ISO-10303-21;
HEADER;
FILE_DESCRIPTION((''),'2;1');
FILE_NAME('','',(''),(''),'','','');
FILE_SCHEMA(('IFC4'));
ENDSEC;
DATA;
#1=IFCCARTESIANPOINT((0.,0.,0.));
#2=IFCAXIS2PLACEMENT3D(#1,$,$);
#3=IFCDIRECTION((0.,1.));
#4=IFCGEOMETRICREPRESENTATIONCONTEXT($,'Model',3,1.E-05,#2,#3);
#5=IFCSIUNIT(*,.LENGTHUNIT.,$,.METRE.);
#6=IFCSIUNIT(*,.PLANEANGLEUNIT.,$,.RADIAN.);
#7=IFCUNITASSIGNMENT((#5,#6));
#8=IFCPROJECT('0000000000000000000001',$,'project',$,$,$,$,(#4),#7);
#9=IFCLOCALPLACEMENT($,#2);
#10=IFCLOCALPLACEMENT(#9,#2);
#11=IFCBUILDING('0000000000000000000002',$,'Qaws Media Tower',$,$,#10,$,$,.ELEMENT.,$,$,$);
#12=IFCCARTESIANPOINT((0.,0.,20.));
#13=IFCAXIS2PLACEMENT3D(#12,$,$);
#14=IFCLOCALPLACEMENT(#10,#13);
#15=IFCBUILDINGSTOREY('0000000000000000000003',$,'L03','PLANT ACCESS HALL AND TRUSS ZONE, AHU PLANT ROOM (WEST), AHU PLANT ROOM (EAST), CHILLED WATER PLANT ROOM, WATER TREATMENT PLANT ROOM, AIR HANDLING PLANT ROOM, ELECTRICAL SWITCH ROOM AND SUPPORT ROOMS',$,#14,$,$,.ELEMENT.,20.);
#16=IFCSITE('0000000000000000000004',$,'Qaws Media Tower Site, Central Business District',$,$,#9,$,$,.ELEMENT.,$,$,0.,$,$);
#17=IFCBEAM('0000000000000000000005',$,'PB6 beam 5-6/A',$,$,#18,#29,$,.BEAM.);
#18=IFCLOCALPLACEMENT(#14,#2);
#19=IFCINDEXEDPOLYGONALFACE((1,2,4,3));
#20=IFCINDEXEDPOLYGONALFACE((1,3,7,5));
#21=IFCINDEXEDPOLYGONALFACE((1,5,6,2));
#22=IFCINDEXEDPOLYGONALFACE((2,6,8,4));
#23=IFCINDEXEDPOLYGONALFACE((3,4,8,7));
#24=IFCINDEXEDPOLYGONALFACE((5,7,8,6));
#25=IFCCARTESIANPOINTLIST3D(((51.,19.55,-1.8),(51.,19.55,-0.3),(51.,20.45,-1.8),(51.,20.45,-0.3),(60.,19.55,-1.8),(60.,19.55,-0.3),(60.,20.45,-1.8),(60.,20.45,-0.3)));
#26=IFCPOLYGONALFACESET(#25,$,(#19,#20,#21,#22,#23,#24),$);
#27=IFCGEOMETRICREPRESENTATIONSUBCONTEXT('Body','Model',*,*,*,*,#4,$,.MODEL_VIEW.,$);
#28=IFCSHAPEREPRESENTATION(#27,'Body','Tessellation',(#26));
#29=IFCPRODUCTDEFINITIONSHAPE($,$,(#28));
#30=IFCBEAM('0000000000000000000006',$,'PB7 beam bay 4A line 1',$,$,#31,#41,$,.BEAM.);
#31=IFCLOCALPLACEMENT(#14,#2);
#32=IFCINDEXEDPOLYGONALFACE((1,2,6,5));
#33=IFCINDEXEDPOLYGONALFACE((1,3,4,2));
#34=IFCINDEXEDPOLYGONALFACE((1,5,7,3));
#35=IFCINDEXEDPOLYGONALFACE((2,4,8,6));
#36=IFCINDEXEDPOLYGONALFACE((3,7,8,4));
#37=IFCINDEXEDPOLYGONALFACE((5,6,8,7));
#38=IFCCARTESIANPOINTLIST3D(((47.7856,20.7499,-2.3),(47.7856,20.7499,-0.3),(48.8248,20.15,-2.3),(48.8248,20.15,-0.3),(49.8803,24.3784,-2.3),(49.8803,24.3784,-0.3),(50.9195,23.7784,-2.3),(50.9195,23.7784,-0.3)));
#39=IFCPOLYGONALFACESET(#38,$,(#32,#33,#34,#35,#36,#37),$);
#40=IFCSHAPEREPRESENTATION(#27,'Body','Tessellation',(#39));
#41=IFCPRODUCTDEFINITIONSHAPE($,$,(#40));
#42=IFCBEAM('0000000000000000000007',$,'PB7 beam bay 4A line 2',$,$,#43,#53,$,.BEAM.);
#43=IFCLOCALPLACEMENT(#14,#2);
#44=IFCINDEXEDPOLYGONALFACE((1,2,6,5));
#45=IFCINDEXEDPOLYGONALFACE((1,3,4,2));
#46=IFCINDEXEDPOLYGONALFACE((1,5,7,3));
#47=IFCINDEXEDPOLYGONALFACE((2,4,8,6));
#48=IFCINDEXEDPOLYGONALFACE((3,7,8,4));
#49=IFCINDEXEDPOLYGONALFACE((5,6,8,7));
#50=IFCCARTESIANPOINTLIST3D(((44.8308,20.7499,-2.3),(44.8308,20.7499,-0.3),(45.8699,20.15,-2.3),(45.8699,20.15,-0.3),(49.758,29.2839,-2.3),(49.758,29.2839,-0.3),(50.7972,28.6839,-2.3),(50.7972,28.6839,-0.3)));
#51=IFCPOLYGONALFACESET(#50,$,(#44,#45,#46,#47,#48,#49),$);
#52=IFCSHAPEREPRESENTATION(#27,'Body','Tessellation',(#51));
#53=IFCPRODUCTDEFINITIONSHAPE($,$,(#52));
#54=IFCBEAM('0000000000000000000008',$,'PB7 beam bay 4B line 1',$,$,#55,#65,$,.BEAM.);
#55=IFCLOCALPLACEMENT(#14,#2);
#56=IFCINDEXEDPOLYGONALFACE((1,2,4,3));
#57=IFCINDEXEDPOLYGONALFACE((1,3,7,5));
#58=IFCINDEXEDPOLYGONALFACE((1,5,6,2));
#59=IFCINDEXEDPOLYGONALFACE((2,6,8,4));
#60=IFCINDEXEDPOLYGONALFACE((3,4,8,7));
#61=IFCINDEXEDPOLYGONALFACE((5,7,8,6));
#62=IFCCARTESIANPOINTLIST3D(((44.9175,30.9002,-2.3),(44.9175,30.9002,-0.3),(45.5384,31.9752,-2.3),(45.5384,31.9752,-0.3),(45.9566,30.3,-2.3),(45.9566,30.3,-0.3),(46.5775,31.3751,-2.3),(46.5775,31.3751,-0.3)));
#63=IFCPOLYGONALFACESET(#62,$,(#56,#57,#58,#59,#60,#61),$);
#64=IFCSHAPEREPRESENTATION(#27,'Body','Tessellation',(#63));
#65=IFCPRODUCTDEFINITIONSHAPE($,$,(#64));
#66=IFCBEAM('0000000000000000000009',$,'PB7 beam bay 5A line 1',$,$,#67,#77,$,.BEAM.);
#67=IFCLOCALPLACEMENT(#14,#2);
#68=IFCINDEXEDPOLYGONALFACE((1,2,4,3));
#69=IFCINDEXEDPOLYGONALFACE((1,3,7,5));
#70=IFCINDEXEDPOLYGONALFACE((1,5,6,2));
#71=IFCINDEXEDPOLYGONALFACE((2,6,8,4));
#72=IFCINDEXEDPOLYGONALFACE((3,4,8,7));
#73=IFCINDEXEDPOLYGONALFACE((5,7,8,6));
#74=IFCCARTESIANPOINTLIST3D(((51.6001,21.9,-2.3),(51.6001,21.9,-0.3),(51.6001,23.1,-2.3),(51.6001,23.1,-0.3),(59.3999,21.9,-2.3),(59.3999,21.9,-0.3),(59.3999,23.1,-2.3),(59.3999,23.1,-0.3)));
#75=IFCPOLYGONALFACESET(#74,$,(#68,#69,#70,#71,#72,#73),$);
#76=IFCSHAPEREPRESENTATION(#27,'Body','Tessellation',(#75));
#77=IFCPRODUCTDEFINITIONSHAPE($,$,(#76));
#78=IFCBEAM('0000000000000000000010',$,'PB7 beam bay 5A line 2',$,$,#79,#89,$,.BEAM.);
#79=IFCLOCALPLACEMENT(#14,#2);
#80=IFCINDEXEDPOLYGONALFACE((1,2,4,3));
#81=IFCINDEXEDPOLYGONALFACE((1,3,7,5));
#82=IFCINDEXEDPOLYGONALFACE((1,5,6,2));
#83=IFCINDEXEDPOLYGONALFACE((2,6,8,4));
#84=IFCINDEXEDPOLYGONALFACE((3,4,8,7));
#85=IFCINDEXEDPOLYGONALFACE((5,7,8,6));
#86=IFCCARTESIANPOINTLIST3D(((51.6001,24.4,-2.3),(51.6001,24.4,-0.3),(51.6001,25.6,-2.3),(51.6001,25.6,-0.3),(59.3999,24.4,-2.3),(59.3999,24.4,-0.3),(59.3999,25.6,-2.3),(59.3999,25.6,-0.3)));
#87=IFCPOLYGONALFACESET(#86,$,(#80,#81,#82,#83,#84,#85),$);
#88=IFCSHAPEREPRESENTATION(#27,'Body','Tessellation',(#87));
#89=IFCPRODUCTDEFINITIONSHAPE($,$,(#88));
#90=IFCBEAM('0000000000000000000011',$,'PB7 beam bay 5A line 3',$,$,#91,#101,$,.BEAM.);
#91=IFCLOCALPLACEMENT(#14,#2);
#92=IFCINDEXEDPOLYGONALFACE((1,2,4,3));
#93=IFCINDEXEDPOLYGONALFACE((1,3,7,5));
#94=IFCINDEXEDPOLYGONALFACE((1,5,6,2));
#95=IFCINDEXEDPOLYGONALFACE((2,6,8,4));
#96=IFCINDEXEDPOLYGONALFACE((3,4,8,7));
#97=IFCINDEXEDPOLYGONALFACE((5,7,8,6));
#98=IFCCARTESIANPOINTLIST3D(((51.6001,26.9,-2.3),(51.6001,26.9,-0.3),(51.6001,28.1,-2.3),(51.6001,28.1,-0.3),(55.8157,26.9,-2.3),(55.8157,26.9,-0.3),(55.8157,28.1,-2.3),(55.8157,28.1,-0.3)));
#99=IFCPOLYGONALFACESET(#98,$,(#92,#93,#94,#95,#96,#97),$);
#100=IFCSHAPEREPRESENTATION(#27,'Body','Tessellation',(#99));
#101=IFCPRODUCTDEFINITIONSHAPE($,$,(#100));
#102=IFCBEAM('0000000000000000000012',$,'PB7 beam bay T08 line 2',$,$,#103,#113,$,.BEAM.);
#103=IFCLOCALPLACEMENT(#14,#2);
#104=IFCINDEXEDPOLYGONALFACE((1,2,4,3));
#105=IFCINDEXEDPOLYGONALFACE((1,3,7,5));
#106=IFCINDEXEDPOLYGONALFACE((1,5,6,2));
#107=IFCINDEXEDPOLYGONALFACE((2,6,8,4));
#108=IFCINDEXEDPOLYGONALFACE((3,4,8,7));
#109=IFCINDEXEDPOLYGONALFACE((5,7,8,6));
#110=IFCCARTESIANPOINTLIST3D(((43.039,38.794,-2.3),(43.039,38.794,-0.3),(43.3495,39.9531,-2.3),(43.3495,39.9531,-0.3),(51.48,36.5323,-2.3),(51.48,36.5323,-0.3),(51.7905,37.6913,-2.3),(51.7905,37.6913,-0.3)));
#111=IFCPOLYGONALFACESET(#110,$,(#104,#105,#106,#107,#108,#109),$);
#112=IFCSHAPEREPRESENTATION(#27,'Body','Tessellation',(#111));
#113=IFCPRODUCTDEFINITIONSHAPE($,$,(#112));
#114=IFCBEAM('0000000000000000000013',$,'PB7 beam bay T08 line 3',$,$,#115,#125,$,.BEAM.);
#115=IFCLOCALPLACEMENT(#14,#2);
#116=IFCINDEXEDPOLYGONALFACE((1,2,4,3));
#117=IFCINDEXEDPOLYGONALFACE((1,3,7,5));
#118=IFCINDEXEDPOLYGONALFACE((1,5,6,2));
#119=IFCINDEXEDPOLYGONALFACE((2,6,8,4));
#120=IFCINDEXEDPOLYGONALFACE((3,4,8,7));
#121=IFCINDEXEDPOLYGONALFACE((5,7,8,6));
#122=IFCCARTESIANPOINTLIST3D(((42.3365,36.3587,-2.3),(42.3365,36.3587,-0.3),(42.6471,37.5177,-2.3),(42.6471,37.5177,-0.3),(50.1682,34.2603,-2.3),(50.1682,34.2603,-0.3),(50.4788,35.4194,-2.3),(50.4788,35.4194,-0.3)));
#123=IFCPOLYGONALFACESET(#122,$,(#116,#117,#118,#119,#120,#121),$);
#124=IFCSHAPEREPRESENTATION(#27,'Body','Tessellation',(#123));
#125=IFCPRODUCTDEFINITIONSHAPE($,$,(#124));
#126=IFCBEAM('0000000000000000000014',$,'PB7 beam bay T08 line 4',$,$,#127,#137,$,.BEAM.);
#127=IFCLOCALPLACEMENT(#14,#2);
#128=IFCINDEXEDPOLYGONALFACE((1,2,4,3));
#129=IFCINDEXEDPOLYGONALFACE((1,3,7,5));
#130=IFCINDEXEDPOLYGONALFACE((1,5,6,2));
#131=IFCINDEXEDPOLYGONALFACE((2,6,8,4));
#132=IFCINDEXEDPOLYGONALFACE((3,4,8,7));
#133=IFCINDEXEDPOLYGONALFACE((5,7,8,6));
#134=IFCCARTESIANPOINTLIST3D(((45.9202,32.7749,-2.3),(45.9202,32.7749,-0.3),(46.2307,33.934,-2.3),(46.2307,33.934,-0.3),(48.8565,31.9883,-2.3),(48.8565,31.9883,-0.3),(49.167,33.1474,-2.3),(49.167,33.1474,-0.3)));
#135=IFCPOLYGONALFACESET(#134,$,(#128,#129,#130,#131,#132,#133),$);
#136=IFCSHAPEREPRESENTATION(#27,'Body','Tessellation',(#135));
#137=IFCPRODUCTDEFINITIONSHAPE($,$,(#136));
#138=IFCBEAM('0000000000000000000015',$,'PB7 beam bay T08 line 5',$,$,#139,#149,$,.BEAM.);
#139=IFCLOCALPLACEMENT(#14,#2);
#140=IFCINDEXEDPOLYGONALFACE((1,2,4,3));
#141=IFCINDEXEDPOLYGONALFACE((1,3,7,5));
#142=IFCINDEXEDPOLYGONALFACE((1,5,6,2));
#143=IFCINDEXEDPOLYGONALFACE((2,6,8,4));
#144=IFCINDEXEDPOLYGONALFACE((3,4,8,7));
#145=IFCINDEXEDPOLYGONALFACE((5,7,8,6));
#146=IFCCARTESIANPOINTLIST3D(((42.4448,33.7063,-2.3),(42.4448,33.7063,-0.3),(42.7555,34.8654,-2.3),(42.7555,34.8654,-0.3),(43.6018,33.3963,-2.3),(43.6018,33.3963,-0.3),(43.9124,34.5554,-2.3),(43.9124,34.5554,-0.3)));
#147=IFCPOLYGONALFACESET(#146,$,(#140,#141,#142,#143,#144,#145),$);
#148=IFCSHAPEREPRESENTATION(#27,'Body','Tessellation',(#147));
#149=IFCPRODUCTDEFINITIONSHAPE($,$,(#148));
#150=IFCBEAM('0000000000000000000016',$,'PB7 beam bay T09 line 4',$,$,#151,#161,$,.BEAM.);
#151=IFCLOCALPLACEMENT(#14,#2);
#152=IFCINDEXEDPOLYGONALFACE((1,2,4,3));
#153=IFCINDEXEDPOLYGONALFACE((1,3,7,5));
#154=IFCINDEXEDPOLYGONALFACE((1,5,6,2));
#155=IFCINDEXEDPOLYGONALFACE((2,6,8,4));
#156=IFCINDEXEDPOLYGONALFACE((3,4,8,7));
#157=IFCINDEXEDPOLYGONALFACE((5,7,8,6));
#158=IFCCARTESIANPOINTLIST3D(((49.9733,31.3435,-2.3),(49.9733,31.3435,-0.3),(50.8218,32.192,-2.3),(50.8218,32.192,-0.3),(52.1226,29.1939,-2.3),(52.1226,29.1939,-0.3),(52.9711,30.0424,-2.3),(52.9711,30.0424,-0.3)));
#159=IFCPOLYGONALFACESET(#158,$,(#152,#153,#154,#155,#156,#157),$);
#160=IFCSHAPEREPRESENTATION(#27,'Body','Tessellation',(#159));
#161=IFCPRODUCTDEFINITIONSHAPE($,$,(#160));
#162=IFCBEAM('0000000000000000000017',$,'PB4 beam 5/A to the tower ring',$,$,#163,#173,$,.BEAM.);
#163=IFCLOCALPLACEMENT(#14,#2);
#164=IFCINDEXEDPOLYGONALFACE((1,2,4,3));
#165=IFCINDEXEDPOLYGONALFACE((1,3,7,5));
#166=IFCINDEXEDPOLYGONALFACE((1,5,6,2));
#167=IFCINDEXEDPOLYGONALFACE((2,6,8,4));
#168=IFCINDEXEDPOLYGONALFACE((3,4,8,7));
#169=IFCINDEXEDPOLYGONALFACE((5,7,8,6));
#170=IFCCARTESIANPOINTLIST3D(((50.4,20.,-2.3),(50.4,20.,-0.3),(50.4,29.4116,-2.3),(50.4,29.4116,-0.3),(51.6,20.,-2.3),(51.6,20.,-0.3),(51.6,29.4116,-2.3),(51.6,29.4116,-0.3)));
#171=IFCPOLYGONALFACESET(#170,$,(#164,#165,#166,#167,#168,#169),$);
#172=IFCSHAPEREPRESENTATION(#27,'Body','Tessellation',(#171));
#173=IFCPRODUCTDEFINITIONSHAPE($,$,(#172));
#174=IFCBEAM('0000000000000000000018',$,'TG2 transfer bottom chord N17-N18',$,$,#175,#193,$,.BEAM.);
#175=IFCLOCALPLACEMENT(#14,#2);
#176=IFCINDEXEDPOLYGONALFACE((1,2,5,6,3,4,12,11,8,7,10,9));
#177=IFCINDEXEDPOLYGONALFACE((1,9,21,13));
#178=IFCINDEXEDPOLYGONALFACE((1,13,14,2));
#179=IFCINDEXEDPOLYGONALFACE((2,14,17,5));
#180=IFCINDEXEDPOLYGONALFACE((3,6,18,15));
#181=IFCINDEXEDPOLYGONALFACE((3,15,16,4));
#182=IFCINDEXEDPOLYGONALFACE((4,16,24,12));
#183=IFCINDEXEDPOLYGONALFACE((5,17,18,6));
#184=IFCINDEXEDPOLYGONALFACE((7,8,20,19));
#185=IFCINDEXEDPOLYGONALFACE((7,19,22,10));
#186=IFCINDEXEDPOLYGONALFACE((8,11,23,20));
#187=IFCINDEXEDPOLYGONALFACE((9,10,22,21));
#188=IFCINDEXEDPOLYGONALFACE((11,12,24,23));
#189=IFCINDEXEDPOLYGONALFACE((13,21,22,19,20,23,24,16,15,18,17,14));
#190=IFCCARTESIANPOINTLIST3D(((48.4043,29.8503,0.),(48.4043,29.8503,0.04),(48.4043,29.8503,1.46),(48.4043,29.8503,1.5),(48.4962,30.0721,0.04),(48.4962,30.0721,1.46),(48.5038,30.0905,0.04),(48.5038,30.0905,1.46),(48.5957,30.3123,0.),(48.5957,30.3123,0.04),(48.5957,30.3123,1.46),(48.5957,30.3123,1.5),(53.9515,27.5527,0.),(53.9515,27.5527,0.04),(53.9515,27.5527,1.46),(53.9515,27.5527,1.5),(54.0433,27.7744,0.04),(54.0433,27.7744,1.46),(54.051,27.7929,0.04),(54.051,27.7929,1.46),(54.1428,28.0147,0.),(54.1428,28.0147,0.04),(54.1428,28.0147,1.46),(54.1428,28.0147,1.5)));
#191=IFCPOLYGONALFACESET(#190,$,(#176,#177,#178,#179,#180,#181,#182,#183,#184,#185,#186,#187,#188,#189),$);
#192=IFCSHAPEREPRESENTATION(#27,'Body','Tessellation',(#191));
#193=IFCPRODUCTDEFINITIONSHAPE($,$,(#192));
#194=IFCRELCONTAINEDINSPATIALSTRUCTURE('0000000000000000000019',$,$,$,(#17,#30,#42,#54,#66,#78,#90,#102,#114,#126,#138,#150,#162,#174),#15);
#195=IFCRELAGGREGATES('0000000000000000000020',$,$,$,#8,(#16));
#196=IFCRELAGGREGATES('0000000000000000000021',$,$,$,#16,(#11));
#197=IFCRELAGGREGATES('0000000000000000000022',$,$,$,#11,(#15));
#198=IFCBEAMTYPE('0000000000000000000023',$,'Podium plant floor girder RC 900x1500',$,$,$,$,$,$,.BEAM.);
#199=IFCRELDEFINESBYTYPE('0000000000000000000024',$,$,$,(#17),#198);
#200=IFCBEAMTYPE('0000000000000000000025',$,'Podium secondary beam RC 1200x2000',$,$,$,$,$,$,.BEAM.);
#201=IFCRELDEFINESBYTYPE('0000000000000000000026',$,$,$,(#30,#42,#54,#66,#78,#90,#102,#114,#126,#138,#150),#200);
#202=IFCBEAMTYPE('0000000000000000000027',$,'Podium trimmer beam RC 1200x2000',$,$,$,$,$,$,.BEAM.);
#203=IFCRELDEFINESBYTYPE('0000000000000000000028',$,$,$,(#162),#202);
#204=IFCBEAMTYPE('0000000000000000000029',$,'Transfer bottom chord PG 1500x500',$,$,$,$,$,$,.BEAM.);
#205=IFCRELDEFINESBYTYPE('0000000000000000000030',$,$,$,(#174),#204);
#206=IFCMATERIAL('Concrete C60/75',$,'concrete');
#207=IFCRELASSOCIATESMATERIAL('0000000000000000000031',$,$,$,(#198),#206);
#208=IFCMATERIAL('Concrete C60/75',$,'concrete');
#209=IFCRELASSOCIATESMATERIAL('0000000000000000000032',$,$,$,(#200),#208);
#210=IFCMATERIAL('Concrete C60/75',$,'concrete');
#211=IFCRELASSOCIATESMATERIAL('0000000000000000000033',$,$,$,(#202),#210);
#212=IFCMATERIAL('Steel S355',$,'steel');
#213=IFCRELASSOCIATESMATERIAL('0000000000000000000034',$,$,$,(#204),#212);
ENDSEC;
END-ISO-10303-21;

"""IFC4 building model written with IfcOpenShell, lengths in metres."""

from ifc_helpers import new_model, si_unit, direction, frame, origin, origin_2d, place, context, subcontext, project, spatial, rectangle, i_section, extrude, material, material_profile, profile_set, type_object, element, save


model = new_model("IFC4")

# Units and contexts
model_context = context("Model", 3, precision=1e-05, world=origin(), true_north=direction((0.0, 1.0)))
body_context = subcontext(model_context, "Body", "Model", "MODEL_VIEW")
ifc_project = project(units=[si_unit("LENGTHUNIT", "METRE"), si_unit("PLANEANGLEUNIT", "RADIAN")], contexts=[model_context])

# Site, building, storey
site_placement = place(None, origin())
site = spatial("IfcSite", under=ifc_project, at=site_placement, Name="Qaws Media Tower Site, Central Business District", CompositionType="ELEMENT", RefElevation=0.0)
building_placement = place(site_placement, origin())
building = spatial("IfcBuilding", under=site, at=building_placement, Name="Qaws Media Tower", CompositionType="ELEMENT")
storey_placement = place(building_placement, frame((0.0, 0.0, 20.0)))
storey = spatial("IfcBuildingStorey", under=building, at=storey_placement, Name="L03", Description="PLANT ACCESS HALL AND TRUSS ZONE, AHU PLANT ROOM (WEST), AHU PLANT ROOM (EAST), CHILLED WATER PLANT ROOM, WATER TREATMENT PLANT ROOM, AIR HANDLING PLANT ROOM, ELECTRICAL SWITCH ROOM AND SUPPORT ROOMS", CompositionType="ELEMENT", Elevation=20.0)

# Beams
ifc_material_1 = material(Name="Concrete C60/75", Category="concrete")
ifc_material_profile_1 = material_profile(ifc_material_1, rectangle(XDim=0.8999, YDim=1.5, at=origin_2d()), Name="RC 900x1500")
ifc_profile_set_1 = profile_set([ifc_material_profile_1], Name="Concrete C60/75")
beam_type_1 = type_object("IfcBeamType", Name="Podium plant floor girder RC 900x1500", PredefinedType="BEAM", material=ifc_profile_set_1)
beam_1_placement = place(storey_placement, frame((51.0, 20.0, -1.05), z_axis=(1.0, 0.0, 0.0), x_axis=(0.0, 1.0, 0.0)))
element("IfcBeam", 1, at=beam_1_placement, inside=storey, type_object=beam_type_1, Name="PB6 beam 5-6/A", PredefinedType="BEAM", context=body_context, shape_type="SweptSolid", body=[
    extrude(rectangle(XDim=0.8999, YDim=1.5, at=origin_2d()), origin(), (0.0, 0.0, 1.0), 9.0),
])
ifc_material_2 = material(Name="Concrete C60/75", Category="concrete")
ifc_material_profile_2 = material_profile(ifc_material_2, rectangle(XDim=1.2, YDim=2.0, at=origin_2d()), Name="RC 1200x2000")
ifc_profile_set_2 = profile_set([ifc_material_profile_2], Name="Concrete C60/75")
beam_type_2 = type_object("IfcBeamType", Name="Podium secondary beam RC 1200x2000", PredefinedType="BEAM", material=ifc_profile_set_2)
beam_2_placement = place(storey_placement, frame((48.3052, 20.45, -1.3), z_axis=(0.499975, 0.86604, 0.0), x_axis=(-0.86604, 0.499975, 0.0)))
element("IfcBeam", 2, at=beam_2_placement, inside=storey, type_object=beam_type_2, Name="PB7 beam bay 4A line 1", PredefinedType="BEAM", context=body_context, shape_type="SweptSolid", body=[
    extrude(rectangle(XDim=1.2, YDim=2.0, at=origin_2d()), origin(), (0.0, 0.0, 1.0), 4.1897),
])
beam_3_placement = place(storey_placement, frame((45.3503, 20.45, -1.3), z_axis=(0.500013, 0.866018, 0.0), x_axis=(-0.866018, 0.500013, 0.0)))
element("IfcBeam", 3, at=beam_3_placement, inside=storey, type_object=beam_type_2, Name="PB7 beam bay 4A line 2", PredefinedType="BEAM", context=body_context, shape_type="SweptSolid", body=[
    extrude(rectangle(XDim=1.2, YDim=2.0, at=origin_2d()), origin(), (0.0, 0.0, 1.0), 9.8542),
])
beam_4_placement = place(storey_placement, frame((45.437, 30.6001, -1.3), z_axis=(0.500137, 0.865946, 0.0), x_axis=(-0.865946, 0.500137, 0.0)))
element("IfcBeam", 4, at=beam_4_placement, inside=storey, type_object=beam_type_2, Name="PB7 beam bay 4B line 1", PredefinedType="BEAM", context=body_context, shape_type="SweptSolid", body=[
    extrude(rectangle(XDim=1.2, YDim=2.0, at=origin_2d()), origin(), (0.0, 0.0, 1.0), 1.2415),
])
for number, where, z_axis, x_axis, name in (
    (5, (51.6001, 22.5, -1.3), (1.0, 0.0, 0.0), (0.0, 1.0, 0.0), "PB7 beam bay 5A line 1"),
    (6, (51.6001, 25.0, -1.3), (1.0, 0.0, 0.0), (0.0, 1.0, 0.0), "PB7 beam bay 5A line 2"),
):
    element("IfcBeam", number, at=place(storey_placement, frame(where, z_axis=z_axis, x_axis=x_axis)), inside=storey, type_object=beam_type_2, Name=name, PredefinedType="BEAM", context=body_context, shape_type="SweptSolid", body=[
        extrude(rectangle(XDim=1.2, YDim=2.0, at=origin_2d()), origin(), (0.0, 0.0, 1.0), 7.7998),
    ])
beam_5_placement = place(storey_placement, frame((51.6001, 27.5, -1.3), z_axis=(1.0, 0.0, 0.0), x_axis=(0.0, 1.0, 0.0)))
element("IfcBeam", 7, at=beam_5_placement, inside=storey, type_object=beam_type_2, Name="PB7 beam bay 5A line 3", PredefinedType="BEAM", context=body_context, shape_type="SweptSolid", body=[
    extrude(rectangle(XDim=1.2, YDim=2.0, at=origin_2d()), origin(), (0.0, 0.0, 1.0), 4.2156),
])
beam_6_placement = place(storey_placement, frame((51.6353, 37.1118, -1.3), z_axis=(-0.965926, 0.258817, 0.0), x_axis=(-0.258817, -0.965926, 0.0)))
element("IfcBeam", 8, at=beam_6_placement, inside=storey, type_object=beam_type_2, Name="PB7 beam bay T08 line 2", PredefinedType="BEAM", context=body_context, shape_type="SweptSolid", body=[
    extrude(rectangle(XDim=1.2, YDim=2.0, at=origin_2d()), origin(), (0.0, 0.0, 1.0), 8.7388),
])
beam_7_placement = place(storey_placement, frame((50.3235, 34.8398, -1.3), z_axis=(-0.96593, 0.258804, 0.0), x_axis=(-0.258804, -0.96593, 0.0)))
element("IfcBeam", 9, at=beam_7_placement, inside=storey, type_object=beam_type_2, Name="PB7 beam bay T08 line 3", PredefinedType="BEAM", context=body_context, shape_type="SweptSolid", body=[
    extrude(rectangle(XDim=1.2, YDim=2.0, at=origin_2d()), origin(), (0.0, 0.0, 1.0), 8.1079),
])
beam_8_placement = place(storey_placement, frame((49.0117, 32.5679, -1.3), z_axis=(-0.965938, 0.258772, 0.0), x_axis=(-0.258772, -0.965938, 0.0)))
element("IfcBeam", 10, at=beam_8_placement, inside=storey, type_object=beam_type_2, Name="PB7 beam bay T08 line 4", PredefinedType="BEAM", context=body_context, shape_type="SweptSolid", body=[
    extrude(rectangle(XDim=1.2, YDim=2.0, at=origin_2d()), origin(), (0.0, 0.0, 1.0), 3.0398),
])
beam_9_placement = place(storey_placement, frame((43.7571, 33.9758, -1.3), z_axis=(-0.965916, 0.258855, 0.0), x_axis=(-0.258855, -0.965916, 0.0)))
element("IfcBeam", 11, at=beam_9_placement, inside=storey, type_object=beam_type_2, Name="PB7 beam bay T08 line 5", PredefinedType="BEAM", context=body_context, shape_type="SweptSolid", body=[
    extrude(rectangle(XDim=1.2, YDim=2.0, at=origin_2d()), origin(), (0.0, 0.0, 1.0), 1.1978),
])
beam_10_placement = place(storey_placement, frame((52.5469, 29.6182, -1.3), z_axis=(-0.707067, 0.707147, 0.0), x_axis=(-0.707147, -0.707067, 0.0)))
element("IfcBeam", 12, at=beam_10_placement, inside=storey, type_object=beam_type_2, Name="PB7 beam bay T09 line 4", PredefinedType="BEAM", context=body_context, shape_type="SweptSolid", body=[
    extrude(rectangle(XDim=1.2, YDim=2.0, at=origin_2d()), origin(), (0.0, 0.0, 1.0), 3.0398),
])
ifc_material_3 = material(Name="Concrete C60/75", Category="concrete")
ifc_material_profile_3 = material_profile(ifc_material_3, rectangle(XDim=1.2, YDim=2.0, at=origin_2d()), Name="RC 1200x2000")
ifc_profile_set_3 = profile_set([ifc_material_profile_3], Name="Concrete C60/75")
beam_type_3 = type_object("IfcBeamType", Name="Podium trimmer beam RC 1200x2000", PredefinedType="BEAM", material=ifc_profile_set_3)
beam_11_placement = place(storey_placement, frame((51.0, 20.0, -1.3), z_axis=(0.0, 1.0, 0.0), x_axis=(-1.0, 0.0, 0.0)))
element("IfcBeam", 13, at=beam_11_placement, inside=storey, type_object=beam_type_3, Name="PB4 beam 5/A to the tower ring", PredefinedType="BEAM", context=body_context, shape_type="SweptSolid", body=[
    extrude(rectangle(XDim=1.2, YDim=2.0, at=origin_2d()), origin(), (0.0, 0.0, 1.0), 9.4116),
])
ifc_material_4 = material(Name="Steel S355", Category="steel")
ifc_material_profile_4 = material_profile(ifc_material_4, i_section(OverallWidth=0.5, OverallDepth=1.5, WebThickness=0.02, FlangeThickness=0.04, at=origin_2d()), Name="PG 1500x500")
ifc_profile_set_4 = profile_set([ifc_material_profile_4], Name="Steel S355")
beam_type_4 = type_object("IfcBeamType", Name="Transfer bottom chord PG 1500x500", PredefinedType="BEAM", material=ifc_profile_set_4)
beam_12_placement = place(storey_placement, frame((48.5, 30.0813, 0.75), z_axis=(0.923885, -0.382671, 0.0), x_axis=(0.382671, 0.923885, 0.0)))
element("IfcBeam", 14, at=beam_12_placement, inside=storey, type_object=beam_type_4, Name="TG2 transfer bottom chord N17-N18", PredefinedType="BEAM", context=body_context, shape_type="SweptSolid", body=[
    extrude(i_section(OverallWidth=0.5, OverallDepth=1.5, WebThickness=0.02, FlangeThickness=0.04, at=origin_2d()), origin(), (0.0, 0.0, 1.0), 6.0042),
])

save(model, "model.ifc")
